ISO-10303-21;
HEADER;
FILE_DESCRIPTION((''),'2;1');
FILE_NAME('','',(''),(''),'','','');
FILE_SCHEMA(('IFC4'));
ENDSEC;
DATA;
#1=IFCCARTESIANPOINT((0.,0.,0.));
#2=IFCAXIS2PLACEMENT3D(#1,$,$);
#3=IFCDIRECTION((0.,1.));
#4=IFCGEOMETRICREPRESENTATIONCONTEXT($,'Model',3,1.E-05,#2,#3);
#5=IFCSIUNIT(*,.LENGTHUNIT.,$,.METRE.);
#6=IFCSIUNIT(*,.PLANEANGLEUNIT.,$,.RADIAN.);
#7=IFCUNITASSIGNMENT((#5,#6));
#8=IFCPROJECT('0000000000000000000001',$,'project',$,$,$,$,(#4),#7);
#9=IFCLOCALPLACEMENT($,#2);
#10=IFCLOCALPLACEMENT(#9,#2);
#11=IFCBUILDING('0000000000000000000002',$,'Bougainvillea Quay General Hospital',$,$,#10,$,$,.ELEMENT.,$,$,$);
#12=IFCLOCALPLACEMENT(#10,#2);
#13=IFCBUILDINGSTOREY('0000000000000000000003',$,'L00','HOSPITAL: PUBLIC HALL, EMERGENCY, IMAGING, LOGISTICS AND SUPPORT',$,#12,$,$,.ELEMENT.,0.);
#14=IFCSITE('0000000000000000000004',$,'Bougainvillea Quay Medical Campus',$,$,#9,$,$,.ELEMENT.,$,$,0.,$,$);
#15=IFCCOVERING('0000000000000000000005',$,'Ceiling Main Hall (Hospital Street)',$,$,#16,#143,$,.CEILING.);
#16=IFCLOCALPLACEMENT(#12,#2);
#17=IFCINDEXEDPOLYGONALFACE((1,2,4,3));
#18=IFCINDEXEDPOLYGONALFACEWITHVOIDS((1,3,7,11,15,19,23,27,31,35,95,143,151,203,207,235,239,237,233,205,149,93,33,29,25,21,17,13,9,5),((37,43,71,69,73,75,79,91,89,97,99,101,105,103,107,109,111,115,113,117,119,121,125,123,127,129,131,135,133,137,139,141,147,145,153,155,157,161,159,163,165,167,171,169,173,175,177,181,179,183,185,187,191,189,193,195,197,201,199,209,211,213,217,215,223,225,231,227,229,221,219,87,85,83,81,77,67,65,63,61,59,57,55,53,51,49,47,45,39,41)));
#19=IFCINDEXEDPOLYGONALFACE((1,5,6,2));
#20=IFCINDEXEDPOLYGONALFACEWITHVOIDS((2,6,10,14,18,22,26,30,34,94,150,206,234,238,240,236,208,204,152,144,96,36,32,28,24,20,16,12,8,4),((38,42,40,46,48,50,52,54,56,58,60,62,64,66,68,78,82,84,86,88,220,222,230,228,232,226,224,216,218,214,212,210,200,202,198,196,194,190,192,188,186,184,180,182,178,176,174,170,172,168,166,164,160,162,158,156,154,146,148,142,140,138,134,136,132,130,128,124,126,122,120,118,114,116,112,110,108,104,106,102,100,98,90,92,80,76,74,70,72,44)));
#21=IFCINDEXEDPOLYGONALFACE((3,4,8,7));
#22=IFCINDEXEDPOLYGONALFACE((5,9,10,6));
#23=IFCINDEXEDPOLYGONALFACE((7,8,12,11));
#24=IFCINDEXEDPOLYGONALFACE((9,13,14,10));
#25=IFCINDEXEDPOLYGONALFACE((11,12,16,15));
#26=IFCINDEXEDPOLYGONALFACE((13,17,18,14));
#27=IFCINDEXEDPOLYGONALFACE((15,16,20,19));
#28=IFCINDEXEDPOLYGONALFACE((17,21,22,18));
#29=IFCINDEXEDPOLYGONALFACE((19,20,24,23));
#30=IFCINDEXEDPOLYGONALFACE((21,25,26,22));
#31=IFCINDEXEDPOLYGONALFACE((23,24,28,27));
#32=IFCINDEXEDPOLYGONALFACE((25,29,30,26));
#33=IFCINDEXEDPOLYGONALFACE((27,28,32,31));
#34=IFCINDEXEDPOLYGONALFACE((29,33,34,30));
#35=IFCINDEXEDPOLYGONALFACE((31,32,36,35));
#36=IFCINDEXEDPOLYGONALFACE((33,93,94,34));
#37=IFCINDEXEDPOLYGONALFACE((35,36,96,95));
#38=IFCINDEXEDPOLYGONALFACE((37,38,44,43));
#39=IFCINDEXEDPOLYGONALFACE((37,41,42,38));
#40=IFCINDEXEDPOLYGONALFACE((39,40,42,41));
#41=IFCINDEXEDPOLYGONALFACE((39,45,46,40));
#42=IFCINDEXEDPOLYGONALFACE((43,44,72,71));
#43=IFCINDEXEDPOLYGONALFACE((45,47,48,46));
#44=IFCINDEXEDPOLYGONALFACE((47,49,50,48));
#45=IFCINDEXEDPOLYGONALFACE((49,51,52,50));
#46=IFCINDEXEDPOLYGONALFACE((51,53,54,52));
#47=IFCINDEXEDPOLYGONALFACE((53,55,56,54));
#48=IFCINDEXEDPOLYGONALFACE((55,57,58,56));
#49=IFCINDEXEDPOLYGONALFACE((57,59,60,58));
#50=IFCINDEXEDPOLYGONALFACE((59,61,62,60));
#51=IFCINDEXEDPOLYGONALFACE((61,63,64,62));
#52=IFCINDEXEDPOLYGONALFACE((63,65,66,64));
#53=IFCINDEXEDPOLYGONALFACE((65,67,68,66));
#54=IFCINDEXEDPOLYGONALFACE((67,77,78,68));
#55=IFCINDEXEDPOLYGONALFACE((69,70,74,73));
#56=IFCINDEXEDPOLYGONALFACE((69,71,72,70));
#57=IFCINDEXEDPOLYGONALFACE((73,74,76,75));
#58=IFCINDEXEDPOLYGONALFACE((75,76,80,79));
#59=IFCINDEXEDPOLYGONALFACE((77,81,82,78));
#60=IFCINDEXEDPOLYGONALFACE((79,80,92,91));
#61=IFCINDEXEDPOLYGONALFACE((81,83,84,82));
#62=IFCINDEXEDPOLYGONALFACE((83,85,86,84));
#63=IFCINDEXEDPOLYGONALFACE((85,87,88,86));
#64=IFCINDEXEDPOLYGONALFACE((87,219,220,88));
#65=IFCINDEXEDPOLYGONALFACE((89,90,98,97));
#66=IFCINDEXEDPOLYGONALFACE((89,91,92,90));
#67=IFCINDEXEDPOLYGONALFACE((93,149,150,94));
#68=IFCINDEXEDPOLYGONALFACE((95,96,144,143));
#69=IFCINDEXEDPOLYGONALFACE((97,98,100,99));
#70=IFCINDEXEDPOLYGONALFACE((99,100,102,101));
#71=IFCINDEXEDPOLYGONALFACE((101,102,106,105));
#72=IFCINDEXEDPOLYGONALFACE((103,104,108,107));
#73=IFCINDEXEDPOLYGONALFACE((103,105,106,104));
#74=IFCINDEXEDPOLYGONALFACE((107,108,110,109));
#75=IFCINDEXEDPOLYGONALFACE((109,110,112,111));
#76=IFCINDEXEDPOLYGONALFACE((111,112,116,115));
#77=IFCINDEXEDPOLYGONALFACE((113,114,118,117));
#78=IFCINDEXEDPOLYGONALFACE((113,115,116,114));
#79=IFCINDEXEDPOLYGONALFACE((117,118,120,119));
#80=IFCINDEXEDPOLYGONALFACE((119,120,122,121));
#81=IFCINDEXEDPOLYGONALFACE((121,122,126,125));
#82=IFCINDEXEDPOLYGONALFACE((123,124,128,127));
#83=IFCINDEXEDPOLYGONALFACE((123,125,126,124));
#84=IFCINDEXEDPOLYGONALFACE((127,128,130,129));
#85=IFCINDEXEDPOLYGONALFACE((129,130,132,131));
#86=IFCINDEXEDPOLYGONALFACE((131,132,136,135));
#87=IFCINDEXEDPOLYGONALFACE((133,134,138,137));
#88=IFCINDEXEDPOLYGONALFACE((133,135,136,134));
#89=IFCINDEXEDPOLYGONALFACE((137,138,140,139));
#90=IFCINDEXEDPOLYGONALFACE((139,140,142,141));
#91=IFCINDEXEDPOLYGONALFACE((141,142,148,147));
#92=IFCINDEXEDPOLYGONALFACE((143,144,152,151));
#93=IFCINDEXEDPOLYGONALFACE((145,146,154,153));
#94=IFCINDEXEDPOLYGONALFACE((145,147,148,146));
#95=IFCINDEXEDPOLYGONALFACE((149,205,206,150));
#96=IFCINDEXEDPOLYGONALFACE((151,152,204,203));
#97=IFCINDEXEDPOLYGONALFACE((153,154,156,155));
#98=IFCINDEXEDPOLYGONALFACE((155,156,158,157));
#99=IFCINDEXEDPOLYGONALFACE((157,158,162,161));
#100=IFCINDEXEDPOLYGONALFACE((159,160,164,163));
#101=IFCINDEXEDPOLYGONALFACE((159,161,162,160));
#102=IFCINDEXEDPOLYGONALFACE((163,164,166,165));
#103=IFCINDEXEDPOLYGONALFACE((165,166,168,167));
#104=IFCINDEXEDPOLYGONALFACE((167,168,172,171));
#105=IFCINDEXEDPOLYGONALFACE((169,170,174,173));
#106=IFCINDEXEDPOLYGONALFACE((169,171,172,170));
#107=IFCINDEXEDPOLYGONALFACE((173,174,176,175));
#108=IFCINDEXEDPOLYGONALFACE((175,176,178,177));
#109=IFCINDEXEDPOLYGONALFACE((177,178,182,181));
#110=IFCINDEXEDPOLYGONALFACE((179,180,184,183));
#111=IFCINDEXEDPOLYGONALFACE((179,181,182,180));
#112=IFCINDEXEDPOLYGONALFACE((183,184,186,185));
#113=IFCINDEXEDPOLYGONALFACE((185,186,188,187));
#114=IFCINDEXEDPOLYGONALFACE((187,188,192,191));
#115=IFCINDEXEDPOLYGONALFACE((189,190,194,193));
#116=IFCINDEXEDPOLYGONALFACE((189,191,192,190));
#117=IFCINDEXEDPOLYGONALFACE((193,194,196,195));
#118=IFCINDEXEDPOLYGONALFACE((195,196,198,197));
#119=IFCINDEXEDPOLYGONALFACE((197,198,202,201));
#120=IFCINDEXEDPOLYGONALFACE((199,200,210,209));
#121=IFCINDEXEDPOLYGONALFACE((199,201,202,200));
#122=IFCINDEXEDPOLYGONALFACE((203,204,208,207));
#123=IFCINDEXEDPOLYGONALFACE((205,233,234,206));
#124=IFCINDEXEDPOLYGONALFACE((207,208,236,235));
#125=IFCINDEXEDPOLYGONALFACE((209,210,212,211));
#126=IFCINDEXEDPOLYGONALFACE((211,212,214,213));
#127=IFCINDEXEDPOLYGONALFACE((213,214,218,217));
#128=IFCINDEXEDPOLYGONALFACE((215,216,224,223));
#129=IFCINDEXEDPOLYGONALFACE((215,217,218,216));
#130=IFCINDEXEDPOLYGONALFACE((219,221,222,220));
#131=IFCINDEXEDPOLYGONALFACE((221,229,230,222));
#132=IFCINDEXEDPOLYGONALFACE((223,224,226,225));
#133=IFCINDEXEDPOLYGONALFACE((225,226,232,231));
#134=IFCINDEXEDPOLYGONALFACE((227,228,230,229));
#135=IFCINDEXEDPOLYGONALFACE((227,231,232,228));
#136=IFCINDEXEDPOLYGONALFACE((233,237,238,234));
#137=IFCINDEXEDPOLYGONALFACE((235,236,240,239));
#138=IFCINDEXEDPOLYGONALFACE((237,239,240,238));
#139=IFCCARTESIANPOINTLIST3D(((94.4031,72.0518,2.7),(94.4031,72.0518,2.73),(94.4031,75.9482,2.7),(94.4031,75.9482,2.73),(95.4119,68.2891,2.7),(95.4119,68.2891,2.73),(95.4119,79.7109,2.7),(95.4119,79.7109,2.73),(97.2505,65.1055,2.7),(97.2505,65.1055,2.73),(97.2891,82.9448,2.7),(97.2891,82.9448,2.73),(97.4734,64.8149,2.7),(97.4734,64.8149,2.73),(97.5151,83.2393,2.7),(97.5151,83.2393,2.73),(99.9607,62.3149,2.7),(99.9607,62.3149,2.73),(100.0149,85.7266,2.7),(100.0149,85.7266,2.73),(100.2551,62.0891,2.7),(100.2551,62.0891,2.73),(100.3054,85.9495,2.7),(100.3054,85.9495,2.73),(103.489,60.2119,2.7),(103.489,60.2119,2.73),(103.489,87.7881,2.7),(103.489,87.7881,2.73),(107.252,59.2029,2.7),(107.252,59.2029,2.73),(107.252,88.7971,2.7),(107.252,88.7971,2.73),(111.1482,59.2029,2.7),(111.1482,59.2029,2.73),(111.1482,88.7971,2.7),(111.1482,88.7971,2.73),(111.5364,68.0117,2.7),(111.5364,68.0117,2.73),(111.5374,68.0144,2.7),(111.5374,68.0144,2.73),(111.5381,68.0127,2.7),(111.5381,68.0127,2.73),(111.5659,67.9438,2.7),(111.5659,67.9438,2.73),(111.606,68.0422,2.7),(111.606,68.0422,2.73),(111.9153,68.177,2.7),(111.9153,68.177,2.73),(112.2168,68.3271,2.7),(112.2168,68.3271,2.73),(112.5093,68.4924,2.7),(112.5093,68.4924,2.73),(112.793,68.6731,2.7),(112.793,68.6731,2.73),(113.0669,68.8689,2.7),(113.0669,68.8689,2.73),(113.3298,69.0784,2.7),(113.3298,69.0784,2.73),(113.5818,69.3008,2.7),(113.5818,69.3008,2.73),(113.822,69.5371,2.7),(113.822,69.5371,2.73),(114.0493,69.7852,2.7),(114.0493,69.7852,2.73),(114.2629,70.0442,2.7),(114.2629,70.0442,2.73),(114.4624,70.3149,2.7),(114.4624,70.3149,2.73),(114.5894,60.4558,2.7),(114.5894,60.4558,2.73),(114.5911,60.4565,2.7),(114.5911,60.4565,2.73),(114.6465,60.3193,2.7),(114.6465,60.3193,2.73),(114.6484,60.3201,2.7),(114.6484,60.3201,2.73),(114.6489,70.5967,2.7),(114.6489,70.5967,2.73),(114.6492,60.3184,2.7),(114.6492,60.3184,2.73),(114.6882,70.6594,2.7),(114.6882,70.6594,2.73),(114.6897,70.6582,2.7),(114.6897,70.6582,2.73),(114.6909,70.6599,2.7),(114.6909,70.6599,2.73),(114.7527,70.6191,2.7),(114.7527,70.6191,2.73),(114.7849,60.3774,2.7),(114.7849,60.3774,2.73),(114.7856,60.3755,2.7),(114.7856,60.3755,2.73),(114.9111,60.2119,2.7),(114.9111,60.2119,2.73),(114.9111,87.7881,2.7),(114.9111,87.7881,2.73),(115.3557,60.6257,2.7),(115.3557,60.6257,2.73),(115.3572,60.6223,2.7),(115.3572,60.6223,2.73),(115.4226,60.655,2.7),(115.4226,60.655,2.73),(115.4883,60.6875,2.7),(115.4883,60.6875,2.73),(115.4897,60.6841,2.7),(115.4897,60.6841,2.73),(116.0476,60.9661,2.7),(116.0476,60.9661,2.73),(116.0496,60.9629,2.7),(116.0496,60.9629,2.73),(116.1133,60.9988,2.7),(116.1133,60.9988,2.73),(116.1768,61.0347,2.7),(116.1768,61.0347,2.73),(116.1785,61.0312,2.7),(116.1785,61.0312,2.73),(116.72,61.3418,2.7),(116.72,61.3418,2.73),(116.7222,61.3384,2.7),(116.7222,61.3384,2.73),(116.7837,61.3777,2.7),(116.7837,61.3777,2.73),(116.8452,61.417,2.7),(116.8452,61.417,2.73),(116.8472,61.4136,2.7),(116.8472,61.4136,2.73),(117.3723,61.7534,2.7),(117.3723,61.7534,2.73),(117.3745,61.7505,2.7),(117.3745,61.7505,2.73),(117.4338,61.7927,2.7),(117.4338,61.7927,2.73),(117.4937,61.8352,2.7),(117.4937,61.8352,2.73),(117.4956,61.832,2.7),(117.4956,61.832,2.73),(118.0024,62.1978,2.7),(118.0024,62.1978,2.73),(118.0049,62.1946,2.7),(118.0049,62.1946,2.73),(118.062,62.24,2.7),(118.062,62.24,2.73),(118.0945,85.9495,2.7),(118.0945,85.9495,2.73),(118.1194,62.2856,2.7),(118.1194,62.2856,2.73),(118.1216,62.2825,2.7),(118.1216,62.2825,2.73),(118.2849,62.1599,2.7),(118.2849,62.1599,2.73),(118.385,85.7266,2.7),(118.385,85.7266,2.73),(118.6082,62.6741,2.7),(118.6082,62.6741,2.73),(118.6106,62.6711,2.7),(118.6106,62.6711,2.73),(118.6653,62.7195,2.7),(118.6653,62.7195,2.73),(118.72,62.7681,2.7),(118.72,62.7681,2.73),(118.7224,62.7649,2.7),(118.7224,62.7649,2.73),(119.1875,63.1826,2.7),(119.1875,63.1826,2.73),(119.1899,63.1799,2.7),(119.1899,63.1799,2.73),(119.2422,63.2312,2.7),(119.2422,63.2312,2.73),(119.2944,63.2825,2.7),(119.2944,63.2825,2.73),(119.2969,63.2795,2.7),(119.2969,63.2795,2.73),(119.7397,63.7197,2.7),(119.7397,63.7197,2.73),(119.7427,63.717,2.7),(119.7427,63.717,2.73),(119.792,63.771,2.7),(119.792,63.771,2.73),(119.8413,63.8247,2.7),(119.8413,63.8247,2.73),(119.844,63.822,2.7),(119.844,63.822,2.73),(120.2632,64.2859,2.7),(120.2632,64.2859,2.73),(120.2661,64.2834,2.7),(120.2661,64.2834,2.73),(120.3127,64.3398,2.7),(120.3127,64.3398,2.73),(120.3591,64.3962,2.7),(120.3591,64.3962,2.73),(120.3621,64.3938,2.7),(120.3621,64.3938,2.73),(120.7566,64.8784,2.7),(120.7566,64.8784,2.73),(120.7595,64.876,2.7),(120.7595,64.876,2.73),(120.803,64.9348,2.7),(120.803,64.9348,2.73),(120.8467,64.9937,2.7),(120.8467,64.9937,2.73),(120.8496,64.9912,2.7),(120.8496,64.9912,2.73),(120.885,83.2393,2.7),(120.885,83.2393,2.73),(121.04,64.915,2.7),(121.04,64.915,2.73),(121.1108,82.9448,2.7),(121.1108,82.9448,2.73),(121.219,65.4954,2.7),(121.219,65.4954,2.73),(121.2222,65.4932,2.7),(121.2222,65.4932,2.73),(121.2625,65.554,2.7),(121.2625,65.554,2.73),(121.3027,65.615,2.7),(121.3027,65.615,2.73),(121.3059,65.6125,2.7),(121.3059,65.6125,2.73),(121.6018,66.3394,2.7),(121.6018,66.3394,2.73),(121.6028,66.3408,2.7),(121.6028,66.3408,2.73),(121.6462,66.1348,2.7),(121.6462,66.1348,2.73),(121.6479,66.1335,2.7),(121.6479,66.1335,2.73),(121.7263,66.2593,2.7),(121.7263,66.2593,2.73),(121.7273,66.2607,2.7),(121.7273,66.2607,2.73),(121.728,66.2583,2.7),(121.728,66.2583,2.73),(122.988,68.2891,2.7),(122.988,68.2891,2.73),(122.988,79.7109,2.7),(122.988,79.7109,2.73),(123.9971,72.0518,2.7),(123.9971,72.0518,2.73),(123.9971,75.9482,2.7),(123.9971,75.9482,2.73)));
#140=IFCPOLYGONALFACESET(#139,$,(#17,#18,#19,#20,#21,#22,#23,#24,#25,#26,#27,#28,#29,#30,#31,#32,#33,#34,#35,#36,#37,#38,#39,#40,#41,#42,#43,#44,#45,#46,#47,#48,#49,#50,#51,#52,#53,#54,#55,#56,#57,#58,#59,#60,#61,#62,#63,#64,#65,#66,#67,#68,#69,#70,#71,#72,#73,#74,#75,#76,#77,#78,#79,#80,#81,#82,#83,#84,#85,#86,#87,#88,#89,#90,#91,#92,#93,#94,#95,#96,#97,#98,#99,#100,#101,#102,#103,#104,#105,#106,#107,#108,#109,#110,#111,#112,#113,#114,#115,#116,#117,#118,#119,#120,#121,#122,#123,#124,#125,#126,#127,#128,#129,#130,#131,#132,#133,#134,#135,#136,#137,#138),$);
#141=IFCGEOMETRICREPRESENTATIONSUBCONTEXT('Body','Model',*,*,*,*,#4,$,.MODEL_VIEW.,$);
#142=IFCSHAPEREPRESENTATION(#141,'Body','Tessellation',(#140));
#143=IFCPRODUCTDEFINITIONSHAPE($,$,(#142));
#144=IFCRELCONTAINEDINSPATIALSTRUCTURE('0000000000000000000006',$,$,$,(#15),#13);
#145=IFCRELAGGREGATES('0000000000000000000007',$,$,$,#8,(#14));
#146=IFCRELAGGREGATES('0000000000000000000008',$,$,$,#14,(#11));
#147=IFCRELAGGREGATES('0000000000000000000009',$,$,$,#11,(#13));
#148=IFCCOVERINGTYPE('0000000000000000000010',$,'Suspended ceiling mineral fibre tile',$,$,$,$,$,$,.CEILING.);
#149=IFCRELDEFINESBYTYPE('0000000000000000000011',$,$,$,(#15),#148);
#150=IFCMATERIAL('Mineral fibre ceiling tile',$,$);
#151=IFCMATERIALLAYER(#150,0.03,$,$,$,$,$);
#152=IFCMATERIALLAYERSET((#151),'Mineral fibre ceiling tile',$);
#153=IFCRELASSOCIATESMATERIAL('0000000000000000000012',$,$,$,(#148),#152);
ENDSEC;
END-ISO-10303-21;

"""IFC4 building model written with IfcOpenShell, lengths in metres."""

from ifc_helpers import new_model, si_unit, direction, frame, origin, place, context, subcontext, project, spatial, polyline, outline, extrude, material, layer, layer_set, type_object, element, save


model = new_model("IFC4")

# Units and contexts
model_context = context("Model", 3, precision=1e-05, world=origin(), true_north=direction((0.0, 1.0)))
body_context = subcontext(model_context, "Body", "Model", "MODEL_VIEW")
ifc_project = project(units=[si_unit("LENGTHUNIT", "METRE"), si_unit("PLANEANGLEUNIT", "RADIAN")], contexts=[model_context])

# Site, building, storey
site_placement = place(None, origin())
site = spatial("IfcSite", under=ifc_project, at=site_placement, Name="Bougainvillea Quay Medical Campus", CompositionType="ELEMENT", RefElevation=0.0)
building_placement = place(site_placement, origin())
building = spatial("IfcBuilding", under=site, at=building_placement, Name="Bougainvillea Quay General Hospital", CompositionType="ELEMENT")
storey_placement = place(building_placement, origin())
storey = spatial("IfcBuildingStorey", under=building, at=storey_placement, Name="L00", Description="HOSPITAL: PUBLIC HALL, EMERGENCY, IMAGING, LOGISTICS AND SUPPORT", CompositionType="ELEMENT", Elevation=0.0)

# Covering
ifc_material = material(Name="Mineral fibre ceiling tile")
ifc_layer = layer(ifc_material, 0.03)
ifc_layer_set = layer_set([ifc_layer], Name="Mineral fibre ceiling tile")
covering_type = type_object("IfcCoveringType", Name="Suspended ceiling mineral fibre tile", PredefinedType="CEILING", material=ifc_layer_set)
covering_1_placement = place(storey_placement, frame((0.0, 0.0, 2.7)))
element("IfcCovering", 1, at=covering_1_placement, inside=storey, type_object=covering_type, Name="Ceiling Main Hall (Hospital Street)", PredefinedType="CEILING", context=body_context, shape_type="SweptSolid", body=[
    extrude(outline(polyline([(100.3054, 85.9495), (100.0149, 85.7266), (97.5151, 83.2393), (97.2891, 82.9448), (95.4119, 79.7109), (94.4031, 75.9482), (94.4031, 72.0518), (95.4119, 68.2891), (97.2505, 65.1055), (97.4734, 64.8149), (99.9607, 62.3149), (100.2551, 62.0891), (103.489, 60.2119), (107.252, 59.2029), (111.1482, 59.2029), (114.9111, 60.2119), (118.2849, 62.1599), (121.04, 64.915), (122.988, 68.2891), (123.9971, 72.0518), (123.9971, 75.9482), (122.988, 79.7109), (121.1108, 82.9448), (120.885, 83.2393), (118.385, 85.7266), (118.0945, 85.9495), (114.9111, 87.7881), (111.1482, 88.7971), (107.252, 88.7971), (103.489, 87.7881), (100.3054, 85.9495)]), holes=[polyline([(118.72, 62.7681), (119.1875, 63.1826), (119.1899, 63.1799), (119.2422, 63.2312), (119.2969, 63.2795), (119.2944, 63.2825), (119.7397, 63.7197), (119.7427, 63.717), (119.792, 63.771), (119.844, 63.822), (119.8413, 63.8247), (120.2632, 64.2859), (120.2661, 64.2834), (120.3127, 64.3398), (120.3621, 64.3938), (120.3591, 64.3962), (120.7566, 64.8784), (120.7595, 64.876), (120.803, 64.9348), (120.8496, 64.9912), (120.8467, 64.9937), (121.219, 65.4954), (121.2222, 65.4932), (121.2625, 65.554), (121.3059, 65.6125), (121.3027, 65.615), (121.6462, 66.1348), (121.6479, 66.1335), (121.728, 66.2583), (121.7263, 66.2593), (121.7273, 66.2607), (121.6028, 66.3408), (121.6018, 66.3394), (114.7527, 70.6191), (114.6909, 70.6599), (114.6897, 70.6582), (114.6882, 70.6594), (114.6489, 70.5967), (114.4624, 70.3149), (114.2629, 70.0442), (114.0493, 69.7852), (113.822, 69.5371), (113.5818, 69.3008), (113.3298, 69.0784), (113.0669, 68.8689), (112.793, 68.6731), (112.5093, 68.4924), (112.2168, 68.3271), (111.9153, 68.177), (111.606, 68.0422), (111.5374, 68.0144), (111.5381, 68.0127), (111.5364, 68.0117), (111.5659, 67.9438), (114.5911, 60.4565), (114.5894, 60.4558), (114.6465, 60.3193), (114.6484, 60.3201), (114.6492, 60.3184), (114.7856, 60.3755), (114.7849, 60.3774), (115.3557, 60.6257), (115.3572, 60.6223), (115.4226, 60.655), (115.4897, 60.6841), (115.4883, 60.6875), (116.0476, 60.9661), (116.0496, 60.9629), (116.1133, 60.9988), (116.1785, 61.0312), (116.1768, 61.0347), (116.72, 61.3418), (116.7222, 61.3384), (116.7837, 61.3777), (116.8472, 61.4136), (116.8452, 61.417), (117.3723, 61.7534), (117.3745, 61.7505), (117.4338, 61.7927), (117.4956, 61.832), (117.4937, 61.8352), (118.0024, 62.1978), (118.0049, 62.1946), (118.062, 62.24), (118.1216, 62.2825), (118.1194, 62.2856), (118.6082, 62.6741), (118.6106, 62.6711), (118.6653, 62.7195), (118.7224, 62.7649), (118.72, 62.7681)])]), origin(), (0.0, 0.0, 1.0), 0.03),
])

save(model, "model.ifc")
